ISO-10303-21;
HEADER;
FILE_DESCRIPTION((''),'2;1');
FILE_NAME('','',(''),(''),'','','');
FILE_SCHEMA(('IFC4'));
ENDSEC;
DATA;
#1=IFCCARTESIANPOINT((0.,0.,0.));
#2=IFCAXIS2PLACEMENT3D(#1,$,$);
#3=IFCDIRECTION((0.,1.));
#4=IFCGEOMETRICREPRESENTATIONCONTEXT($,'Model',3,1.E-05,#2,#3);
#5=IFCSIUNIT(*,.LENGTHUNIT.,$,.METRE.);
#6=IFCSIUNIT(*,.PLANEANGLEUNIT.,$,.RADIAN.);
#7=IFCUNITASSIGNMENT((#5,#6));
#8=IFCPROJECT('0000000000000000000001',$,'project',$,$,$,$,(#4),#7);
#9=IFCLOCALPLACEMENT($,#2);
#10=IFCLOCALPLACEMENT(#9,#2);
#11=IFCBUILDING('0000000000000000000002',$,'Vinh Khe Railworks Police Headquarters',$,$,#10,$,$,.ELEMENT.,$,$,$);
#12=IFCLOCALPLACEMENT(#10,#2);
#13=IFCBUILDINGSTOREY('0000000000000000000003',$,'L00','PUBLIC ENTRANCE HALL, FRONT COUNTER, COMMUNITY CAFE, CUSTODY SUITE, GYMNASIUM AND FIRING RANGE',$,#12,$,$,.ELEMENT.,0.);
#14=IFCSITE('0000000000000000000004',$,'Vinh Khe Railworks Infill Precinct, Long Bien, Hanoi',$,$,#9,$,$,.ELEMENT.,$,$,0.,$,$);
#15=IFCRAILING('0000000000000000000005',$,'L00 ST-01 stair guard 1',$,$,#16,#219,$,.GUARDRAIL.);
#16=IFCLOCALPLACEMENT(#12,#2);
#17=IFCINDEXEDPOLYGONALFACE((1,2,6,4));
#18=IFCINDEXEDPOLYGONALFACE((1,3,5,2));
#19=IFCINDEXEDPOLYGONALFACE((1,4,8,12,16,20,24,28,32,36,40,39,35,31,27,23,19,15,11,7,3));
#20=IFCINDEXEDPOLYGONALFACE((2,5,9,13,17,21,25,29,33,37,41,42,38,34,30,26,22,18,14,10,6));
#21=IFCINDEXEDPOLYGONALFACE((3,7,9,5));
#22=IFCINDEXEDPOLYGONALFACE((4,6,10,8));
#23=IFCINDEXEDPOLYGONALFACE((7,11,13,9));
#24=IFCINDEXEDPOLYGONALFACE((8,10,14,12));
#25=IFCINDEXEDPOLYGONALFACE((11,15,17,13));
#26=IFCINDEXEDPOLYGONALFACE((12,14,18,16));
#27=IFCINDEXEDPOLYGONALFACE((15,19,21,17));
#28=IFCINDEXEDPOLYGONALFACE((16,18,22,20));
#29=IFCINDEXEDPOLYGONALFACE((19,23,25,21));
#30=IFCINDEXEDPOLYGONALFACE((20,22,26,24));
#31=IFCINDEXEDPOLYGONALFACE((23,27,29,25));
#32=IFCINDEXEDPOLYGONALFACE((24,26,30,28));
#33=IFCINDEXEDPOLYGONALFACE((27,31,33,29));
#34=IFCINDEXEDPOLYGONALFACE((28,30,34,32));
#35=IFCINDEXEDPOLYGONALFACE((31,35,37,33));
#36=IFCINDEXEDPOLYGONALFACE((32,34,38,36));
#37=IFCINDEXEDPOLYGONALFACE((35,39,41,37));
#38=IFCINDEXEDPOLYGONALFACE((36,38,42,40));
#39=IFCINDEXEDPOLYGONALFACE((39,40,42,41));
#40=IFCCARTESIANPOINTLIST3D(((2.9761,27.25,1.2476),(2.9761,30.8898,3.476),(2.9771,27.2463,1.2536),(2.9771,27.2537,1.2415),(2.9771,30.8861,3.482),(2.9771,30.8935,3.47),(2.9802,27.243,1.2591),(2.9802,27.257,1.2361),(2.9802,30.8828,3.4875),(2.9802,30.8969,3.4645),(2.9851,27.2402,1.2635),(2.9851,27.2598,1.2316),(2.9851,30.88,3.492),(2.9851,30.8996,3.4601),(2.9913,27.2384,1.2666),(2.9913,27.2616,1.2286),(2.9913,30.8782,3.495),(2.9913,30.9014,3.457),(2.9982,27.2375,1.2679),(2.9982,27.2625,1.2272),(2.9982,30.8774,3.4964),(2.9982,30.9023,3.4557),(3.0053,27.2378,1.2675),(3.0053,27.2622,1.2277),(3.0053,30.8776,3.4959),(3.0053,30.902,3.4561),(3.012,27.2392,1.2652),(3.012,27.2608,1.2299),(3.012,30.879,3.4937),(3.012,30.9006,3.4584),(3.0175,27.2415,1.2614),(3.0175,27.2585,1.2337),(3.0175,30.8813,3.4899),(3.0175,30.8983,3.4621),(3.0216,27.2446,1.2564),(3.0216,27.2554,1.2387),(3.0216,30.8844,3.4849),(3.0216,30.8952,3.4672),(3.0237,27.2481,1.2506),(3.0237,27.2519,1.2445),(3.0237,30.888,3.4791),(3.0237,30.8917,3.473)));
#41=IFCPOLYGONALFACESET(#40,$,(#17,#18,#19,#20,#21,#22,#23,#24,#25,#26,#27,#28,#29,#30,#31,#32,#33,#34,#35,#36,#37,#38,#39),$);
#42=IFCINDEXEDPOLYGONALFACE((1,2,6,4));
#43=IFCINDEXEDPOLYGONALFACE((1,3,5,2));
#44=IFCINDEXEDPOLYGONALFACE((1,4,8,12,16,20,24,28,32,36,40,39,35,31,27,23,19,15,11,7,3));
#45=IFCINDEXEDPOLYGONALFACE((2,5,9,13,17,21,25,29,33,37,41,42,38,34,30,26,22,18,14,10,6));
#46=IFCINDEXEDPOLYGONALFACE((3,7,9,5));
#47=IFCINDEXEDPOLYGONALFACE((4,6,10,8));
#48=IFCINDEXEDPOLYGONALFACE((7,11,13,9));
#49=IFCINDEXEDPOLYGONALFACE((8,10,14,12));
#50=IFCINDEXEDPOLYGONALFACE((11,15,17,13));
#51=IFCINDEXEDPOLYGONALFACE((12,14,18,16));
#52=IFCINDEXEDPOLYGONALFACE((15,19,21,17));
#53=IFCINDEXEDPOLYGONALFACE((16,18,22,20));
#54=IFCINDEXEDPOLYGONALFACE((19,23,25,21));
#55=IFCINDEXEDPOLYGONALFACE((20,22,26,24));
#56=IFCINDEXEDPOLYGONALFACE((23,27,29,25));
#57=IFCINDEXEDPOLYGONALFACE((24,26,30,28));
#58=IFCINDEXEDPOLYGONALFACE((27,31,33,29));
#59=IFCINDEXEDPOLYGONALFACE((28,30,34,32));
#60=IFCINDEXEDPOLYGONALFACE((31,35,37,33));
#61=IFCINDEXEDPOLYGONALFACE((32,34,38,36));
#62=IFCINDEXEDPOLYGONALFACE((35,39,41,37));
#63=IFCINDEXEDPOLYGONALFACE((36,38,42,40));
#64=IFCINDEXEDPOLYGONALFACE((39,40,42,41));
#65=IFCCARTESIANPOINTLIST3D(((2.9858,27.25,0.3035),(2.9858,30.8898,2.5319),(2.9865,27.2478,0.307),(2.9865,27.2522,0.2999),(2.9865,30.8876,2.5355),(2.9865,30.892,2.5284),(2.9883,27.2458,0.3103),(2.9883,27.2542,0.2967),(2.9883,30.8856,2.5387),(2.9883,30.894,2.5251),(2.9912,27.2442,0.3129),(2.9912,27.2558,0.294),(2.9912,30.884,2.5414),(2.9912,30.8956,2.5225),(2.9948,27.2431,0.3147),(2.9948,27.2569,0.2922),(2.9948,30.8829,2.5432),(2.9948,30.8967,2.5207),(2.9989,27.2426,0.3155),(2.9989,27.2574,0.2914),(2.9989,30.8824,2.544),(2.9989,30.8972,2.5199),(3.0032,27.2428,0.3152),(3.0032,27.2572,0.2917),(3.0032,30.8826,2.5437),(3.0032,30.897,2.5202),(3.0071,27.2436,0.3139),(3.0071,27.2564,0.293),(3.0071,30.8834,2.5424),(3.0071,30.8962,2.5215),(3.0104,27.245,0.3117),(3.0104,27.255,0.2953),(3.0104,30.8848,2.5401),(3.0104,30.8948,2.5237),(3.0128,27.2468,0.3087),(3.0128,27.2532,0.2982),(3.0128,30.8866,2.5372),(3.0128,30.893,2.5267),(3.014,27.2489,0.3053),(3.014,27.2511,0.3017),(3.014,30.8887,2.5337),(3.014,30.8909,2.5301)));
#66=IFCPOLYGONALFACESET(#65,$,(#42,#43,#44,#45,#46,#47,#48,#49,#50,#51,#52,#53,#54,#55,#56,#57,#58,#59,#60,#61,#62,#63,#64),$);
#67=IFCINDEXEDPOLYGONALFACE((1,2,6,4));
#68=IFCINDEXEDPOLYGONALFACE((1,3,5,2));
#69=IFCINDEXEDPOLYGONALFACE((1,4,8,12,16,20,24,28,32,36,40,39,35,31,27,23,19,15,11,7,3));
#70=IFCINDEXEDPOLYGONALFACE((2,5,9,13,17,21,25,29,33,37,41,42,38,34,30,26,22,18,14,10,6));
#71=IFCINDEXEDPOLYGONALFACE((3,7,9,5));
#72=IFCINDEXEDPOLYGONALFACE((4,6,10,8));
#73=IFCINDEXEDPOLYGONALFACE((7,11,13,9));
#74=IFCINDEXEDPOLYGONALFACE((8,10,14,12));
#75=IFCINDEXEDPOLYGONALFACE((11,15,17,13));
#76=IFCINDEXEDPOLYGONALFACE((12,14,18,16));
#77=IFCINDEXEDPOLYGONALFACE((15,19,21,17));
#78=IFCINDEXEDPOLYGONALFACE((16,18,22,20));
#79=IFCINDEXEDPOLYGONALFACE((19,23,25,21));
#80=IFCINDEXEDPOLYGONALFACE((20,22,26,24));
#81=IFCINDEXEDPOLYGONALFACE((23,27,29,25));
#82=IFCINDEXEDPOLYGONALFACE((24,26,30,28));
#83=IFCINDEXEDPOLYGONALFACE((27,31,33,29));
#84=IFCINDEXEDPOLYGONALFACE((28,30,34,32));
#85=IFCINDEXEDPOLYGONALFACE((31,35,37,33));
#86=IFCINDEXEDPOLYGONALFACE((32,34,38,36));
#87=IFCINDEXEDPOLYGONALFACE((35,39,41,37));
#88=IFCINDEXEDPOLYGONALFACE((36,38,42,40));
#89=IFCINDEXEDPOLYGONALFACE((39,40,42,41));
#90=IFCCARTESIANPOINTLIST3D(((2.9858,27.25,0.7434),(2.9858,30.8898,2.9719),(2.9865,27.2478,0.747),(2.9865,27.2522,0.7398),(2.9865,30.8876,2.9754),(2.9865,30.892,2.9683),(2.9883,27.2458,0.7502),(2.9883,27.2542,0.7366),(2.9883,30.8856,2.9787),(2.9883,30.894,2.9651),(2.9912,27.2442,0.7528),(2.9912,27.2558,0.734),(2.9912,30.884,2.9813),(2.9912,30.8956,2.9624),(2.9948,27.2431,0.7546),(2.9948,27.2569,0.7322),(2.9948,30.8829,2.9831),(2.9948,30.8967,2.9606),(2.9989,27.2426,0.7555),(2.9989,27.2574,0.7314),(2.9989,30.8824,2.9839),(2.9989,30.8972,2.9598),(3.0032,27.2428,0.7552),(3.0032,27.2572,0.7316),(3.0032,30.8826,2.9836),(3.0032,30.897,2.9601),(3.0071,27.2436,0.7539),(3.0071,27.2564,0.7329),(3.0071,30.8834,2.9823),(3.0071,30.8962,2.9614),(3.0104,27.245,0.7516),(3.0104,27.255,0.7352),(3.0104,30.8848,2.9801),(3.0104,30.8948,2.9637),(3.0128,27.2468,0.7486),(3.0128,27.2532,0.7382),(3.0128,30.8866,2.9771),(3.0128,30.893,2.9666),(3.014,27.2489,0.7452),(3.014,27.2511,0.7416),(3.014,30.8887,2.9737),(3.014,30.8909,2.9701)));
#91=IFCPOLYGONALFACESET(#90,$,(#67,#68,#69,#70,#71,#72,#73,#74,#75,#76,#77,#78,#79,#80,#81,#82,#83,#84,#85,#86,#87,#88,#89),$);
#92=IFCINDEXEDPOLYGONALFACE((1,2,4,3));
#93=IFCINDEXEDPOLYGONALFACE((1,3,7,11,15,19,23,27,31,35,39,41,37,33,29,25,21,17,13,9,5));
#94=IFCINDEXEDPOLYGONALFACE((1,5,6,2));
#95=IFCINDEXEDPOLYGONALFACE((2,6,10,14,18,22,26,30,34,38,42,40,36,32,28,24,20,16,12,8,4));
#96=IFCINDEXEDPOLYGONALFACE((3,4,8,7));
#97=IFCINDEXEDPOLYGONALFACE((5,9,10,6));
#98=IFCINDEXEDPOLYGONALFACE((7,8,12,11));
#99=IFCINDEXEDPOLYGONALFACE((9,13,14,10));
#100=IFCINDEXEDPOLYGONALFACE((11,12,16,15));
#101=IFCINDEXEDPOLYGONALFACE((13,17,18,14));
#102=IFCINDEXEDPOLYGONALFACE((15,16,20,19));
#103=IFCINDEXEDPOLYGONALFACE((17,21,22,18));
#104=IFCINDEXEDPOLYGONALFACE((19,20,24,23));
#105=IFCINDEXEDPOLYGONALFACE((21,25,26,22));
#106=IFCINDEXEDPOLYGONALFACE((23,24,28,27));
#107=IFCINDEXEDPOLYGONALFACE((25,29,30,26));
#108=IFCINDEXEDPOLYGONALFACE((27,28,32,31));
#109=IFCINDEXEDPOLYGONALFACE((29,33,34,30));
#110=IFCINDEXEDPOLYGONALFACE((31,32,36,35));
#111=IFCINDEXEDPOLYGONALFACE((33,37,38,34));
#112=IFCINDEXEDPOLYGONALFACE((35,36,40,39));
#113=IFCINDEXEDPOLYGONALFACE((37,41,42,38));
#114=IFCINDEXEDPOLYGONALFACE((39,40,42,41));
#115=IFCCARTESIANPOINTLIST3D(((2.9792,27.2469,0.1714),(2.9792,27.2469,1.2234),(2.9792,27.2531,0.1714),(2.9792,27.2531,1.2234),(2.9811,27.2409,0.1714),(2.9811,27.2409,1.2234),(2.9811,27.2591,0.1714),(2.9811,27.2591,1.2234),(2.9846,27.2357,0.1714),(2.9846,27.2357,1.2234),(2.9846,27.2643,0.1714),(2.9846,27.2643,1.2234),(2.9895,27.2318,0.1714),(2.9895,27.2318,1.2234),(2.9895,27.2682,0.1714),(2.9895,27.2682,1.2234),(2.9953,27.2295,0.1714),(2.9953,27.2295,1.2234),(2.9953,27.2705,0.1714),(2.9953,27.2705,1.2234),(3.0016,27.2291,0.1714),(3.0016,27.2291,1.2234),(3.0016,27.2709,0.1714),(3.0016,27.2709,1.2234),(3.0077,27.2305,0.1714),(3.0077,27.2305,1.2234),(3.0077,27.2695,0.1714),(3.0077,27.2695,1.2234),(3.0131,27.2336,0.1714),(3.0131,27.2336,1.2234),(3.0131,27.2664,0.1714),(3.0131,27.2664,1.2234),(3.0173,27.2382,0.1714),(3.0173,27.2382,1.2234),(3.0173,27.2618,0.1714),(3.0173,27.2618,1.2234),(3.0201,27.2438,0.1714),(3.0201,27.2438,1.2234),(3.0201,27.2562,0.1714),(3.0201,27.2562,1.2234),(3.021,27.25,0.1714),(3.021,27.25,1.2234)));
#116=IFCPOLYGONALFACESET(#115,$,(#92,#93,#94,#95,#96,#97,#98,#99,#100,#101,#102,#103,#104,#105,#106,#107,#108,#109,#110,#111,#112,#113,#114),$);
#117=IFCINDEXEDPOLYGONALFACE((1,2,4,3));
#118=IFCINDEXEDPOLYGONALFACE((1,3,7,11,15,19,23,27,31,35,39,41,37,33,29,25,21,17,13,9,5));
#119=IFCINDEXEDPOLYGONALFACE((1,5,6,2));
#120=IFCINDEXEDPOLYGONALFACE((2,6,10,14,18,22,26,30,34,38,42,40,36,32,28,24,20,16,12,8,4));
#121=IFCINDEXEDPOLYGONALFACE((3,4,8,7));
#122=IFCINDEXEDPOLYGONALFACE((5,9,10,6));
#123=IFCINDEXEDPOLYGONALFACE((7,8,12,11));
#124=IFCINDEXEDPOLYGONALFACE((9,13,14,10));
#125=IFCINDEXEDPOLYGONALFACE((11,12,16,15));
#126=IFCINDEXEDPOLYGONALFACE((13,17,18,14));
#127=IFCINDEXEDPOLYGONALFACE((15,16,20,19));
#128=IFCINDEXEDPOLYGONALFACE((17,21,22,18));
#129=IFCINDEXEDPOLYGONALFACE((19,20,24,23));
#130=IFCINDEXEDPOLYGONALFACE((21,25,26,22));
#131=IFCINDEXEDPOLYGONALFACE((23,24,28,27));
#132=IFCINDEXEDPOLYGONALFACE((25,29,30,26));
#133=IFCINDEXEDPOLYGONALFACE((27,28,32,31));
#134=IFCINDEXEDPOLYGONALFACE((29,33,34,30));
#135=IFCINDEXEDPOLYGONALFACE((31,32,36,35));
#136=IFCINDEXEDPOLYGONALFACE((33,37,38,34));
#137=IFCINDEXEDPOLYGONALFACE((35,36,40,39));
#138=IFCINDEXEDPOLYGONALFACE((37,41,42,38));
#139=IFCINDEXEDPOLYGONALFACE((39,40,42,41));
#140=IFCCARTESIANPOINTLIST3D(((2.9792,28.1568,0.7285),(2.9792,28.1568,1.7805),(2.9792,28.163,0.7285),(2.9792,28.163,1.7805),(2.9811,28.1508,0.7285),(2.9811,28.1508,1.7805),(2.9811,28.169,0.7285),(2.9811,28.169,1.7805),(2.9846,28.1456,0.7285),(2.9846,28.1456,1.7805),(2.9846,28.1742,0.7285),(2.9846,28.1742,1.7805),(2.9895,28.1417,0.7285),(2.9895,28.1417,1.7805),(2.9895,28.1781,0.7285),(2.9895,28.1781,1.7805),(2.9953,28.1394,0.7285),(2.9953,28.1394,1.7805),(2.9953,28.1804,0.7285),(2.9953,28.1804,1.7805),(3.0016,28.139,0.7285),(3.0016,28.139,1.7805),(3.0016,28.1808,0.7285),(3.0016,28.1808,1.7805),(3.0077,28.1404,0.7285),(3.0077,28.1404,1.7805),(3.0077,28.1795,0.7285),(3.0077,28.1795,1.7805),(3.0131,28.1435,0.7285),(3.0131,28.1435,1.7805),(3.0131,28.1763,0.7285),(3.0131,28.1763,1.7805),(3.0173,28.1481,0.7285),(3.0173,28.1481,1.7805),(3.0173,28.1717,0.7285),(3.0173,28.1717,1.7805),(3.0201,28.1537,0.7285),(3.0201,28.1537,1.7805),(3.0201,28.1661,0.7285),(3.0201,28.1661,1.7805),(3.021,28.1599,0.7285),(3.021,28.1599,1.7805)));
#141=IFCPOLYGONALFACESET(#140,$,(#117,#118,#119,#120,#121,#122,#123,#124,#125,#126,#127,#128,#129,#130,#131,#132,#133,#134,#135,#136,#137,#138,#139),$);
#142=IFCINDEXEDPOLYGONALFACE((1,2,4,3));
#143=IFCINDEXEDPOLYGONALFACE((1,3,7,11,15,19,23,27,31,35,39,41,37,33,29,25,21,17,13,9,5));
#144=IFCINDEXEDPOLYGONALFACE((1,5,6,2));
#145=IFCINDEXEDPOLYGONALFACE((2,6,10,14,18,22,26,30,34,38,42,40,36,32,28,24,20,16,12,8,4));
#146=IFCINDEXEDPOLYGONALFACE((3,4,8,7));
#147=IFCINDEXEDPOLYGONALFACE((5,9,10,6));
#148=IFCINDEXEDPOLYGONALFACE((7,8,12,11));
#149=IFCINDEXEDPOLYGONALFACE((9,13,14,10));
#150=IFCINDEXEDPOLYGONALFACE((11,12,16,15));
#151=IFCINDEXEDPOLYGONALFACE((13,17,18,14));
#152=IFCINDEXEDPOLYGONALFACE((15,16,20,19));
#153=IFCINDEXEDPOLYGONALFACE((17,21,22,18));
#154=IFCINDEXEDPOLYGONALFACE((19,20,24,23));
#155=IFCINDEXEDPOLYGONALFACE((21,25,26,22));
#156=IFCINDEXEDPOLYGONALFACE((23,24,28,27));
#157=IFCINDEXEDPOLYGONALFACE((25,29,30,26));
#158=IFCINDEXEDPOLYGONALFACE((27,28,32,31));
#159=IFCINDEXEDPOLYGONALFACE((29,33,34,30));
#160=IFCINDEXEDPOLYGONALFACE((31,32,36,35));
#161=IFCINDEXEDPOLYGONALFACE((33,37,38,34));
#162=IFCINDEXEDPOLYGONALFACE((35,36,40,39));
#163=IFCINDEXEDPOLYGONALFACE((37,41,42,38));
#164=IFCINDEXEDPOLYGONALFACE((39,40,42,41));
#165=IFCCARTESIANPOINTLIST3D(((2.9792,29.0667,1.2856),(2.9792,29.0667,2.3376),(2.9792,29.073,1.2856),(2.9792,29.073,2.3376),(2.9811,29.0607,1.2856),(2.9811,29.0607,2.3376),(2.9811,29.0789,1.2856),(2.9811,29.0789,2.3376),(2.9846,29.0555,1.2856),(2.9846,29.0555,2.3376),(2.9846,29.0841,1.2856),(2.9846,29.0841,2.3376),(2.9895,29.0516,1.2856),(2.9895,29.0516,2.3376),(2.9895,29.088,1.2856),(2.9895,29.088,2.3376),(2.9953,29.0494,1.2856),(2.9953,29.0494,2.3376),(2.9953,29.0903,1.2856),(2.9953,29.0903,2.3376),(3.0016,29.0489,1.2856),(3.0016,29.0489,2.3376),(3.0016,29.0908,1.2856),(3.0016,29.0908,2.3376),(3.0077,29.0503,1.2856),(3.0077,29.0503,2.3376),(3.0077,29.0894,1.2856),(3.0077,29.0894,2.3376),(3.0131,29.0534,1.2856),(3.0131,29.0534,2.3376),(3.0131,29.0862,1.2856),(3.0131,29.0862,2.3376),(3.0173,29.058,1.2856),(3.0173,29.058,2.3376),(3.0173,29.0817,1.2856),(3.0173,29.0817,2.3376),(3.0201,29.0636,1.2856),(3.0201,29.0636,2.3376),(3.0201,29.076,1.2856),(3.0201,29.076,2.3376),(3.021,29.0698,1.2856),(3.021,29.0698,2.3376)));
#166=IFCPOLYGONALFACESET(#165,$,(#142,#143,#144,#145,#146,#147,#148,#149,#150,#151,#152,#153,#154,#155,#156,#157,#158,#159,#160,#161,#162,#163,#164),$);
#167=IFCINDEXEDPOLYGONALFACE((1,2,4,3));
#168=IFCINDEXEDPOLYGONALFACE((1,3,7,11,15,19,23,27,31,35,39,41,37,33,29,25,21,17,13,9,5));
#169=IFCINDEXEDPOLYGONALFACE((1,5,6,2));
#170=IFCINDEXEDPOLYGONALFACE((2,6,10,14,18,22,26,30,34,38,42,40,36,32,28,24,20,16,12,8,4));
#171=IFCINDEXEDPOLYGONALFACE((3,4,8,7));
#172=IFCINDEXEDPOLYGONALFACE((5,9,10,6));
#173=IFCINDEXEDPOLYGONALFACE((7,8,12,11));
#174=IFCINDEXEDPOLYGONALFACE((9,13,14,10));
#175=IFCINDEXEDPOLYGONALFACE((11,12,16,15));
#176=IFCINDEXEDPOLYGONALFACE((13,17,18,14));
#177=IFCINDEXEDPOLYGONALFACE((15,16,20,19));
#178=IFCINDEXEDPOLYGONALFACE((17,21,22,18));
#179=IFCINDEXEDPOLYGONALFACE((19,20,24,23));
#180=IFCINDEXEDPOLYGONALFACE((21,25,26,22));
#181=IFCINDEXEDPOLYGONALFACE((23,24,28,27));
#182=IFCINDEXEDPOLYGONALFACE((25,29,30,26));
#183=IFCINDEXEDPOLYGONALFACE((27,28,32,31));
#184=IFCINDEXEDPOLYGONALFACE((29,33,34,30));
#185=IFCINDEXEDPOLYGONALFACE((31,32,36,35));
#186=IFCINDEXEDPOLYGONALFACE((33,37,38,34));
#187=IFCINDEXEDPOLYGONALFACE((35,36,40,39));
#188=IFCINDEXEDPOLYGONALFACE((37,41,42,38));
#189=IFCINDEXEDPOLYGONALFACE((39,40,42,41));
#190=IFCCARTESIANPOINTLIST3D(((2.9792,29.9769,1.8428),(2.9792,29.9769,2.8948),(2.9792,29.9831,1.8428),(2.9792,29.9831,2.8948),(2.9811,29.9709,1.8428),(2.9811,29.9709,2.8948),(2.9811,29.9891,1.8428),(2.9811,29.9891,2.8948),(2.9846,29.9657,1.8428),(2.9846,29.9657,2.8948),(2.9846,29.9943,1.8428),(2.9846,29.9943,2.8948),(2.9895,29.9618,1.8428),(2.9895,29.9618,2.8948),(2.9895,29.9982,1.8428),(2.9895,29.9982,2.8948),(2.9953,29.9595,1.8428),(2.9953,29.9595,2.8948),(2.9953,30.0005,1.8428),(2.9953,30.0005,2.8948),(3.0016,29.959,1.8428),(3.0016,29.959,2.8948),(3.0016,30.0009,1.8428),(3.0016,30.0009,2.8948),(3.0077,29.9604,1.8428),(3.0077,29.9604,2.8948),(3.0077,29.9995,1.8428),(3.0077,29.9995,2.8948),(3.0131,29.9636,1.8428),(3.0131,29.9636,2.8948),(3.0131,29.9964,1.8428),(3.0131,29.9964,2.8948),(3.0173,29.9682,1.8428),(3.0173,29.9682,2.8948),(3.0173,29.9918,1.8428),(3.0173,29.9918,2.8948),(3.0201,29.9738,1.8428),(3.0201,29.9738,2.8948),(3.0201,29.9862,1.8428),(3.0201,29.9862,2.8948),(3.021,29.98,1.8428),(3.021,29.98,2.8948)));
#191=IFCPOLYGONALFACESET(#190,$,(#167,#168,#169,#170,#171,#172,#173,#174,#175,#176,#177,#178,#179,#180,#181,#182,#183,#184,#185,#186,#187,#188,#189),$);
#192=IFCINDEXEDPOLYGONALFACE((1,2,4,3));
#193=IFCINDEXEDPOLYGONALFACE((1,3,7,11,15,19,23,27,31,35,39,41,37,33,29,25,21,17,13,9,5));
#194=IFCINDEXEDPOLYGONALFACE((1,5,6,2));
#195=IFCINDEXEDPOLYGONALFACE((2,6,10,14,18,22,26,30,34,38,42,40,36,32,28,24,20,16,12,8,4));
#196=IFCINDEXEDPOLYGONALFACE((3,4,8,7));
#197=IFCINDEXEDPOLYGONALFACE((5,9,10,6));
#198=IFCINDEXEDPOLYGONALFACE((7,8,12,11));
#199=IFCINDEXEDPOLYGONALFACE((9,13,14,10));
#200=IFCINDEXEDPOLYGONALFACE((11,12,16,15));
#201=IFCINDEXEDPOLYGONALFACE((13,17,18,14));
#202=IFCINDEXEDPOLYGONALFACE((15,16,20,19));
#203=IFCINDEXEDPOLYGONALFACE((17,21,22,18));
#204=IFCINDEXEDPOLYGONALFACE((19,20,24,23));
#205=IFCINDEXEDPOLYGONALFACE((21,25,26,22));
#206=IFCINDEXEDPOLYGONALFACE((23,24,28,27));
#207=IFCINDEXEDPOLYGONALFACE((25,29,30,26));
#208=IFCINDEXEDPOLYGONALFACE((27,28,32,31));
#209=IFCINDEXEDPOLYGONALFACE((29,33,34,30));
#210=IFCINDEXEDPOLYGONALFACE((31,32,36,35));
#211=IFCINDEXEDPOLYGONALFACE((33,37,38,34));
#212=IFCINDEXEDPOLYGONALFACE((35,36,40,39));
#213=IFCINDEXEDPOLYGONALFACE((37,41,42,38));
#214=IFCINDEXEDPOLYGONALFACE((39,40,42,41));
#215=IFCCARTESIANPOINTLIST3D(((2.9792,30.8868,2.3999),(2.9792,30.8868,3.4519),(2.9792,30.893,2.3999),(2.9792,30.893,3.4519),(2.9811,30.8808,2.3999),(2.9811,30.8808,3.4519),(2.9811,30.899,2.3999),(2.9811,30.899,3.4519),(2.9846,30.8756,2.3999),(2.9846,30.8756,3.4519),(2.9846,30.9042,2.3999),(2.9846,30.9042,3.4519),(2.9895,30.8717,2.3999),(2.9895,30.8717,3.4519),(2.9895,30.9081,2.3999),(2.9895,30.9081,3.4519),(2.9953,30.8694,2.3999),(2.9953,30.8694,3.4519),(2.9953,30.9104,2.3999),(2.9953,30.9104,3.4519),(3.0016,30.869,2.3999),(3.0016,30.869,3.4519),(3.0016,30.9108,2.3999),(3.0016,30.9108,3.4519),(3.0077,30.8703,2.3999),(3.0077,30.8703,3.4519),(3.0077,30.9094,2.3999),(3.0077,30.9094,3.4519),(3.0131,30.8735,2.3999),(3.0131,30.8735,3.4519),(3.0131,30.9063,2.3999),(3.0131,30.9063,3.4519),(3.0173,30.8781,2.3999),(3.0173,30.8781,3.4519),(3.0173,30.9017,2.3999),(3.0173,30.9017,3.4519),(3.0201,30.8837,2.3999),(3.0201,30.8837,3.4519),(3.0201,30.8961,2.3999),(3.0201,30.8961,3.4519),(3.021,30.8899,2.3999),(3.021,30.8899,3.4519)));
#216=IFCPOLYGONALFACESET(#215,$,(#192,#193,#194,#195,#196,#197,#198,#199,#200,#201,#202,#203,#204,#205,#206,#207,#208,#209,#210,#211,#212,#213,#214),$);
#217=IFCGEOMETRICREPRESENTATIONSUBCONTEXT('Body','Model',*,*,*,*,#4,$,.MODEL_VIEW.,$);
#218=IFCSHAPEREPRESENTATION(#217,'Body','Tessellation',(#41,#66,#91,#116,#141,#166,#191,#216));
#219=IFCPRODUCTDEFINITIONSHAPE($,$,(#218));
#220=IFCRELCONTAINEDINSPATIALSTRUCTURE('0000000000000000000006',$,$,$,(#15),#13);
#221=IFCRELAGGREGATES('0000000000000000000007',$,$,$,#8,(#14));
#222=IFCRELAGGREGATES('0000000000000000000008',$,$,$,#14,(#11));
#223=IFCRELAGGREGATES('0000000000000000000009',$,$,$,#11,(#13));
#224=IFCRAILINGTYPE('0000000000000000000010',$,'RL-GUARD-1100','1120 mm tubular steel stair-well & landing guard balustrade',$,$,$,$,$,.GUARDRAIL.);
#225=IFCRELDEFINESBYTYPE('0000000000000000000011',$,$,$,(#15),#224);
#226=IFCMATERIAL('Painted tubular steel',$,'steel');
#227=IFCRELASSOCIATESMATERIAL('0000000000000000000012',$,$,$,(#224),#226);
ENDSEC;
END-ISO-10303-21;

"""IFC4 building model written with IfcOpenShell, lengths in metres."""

from ifc_helpers import new_model, si_unit, direction, frame, origin, origin_2d, place, context, subcontext, project, spatial, circle, extrude, material, type_object, element, save


model = new_model("IFC4")

# Units and contexts
model_context = context("Model", 3, precision=1e-05, world=origin(), true_north=direction((0.0, 1.0)))
body_context = subcontext(model_context, "Body", "Model", "MODEL_VIEW")
ifc_project = project(units=[si_unit("LENGTHUNIT", "METRE"), si_unit("PLANEANGLEUNIT", "RADIAN")], contexts=[model_context])

# Site, building, storey
site_placement = place(None, origin())
site = spatial("IfcSite", under=ifc_project, at=site_placement, Name="Vinh Khe Railworks Infill Precinct, Long Bien, Hanoi", CompositionType="ELEMENT", RefElevation=0.0)
building_placement = place(site_placement, origin())
building = spatial("IfcBuilding", under=site, at=building_placement, Name="Vinh Khe Railworks Police Headquarters", CompositionType="ELEMENT")
storey_placement = place(building_placement, origin())
storey = spatial("IfcBuildingStorey", under=building, at=storey_placement, Name="L00", Description="PUBLIC ENTRANCE HALL, FRONT COUNTER, COMMUNITY CAFE, CUSTODY SUITE, GYMNASIUM AND FIRING RANGE", CompositionType="ELEMENT", Elevation=0.0)

# Railing
ifc_material_1 = material(Name="Painted tubular steel", Category="steel")
railing_type = type_object("IfcRailingType", Name="RL-GUARD-1100", Description="1120 mm tubular steel stair-well & landing guard balustrade", PredefinedType="GUARDRAIL", material=ifc_material_1)
railing_1_placement = place(storey_placement, frame((3.0, 27.25, 0.1714)))
element("IfcRailing", 1, at=railing_1_placement, inside=storey, type_object=railing_type, Name="L00 ST-01 stair guard 1", PredefinedType="GUARDRAIL", context=body_context, shape_type="SweptSolid", body=[
    extrude(circle(Radius=0.0239, at=origin_2d()), frame((0.0, 0.0, 1.0762), z_axis=(0.0, 0.85285, 0.522156), x_axis=(-1.0, 0.0, 0.0)), (0.0, 0.0, 1.0), 4.2678),
    extrude(circle(Radius=0.0142, at=origin_2d()), frame((0.0, 0.0, 0.1321), z_axis=(0.0, 0.85285, 0.522156), x_axis=(-1.0, 0.0, 0.0)), (0.0, 0.0, 1.0), 4.2678),
    extrude(circle(Radius=0.0142, at=origin_2d()), frame((0.0, 0.0, 0.572), z_axis=(0.0, 0.85285, 0.522156), x_axis=(-1.0, 0.0, 0.0)), (0.0, 0.0, 1.0), 4.2678),
    extrude(circle(Radius=0.021, at=origin_2d()), origin(), (0.0, 0.0, 1.0), 1.052),
    extrude(circle(Radius=0.021, at=origin_2d()), frame((0.0, 0.9099, 0.5571)), (0.0, 0.0, 1.0), 1.052),
    extrude(circle(Radius=0.021, at=origin_2d()), frame((0.0, 1.8198, 1.1143)), (0.0, 0.0, 1.0), 1.052),
    extrude(circle(Radius=0.021, at=origin_2d()), frame((0.0, 2.73, 1.6714)), (0.0, 0.0, 1.0), 1.052),
    extrude(circle(Radius=0.021, at=origin_2d()), frame((0.0, 3.6399, 2.2285)), (0.0, 0.0, 1.0), 1.052),
])

save(model, "model.ifc")
